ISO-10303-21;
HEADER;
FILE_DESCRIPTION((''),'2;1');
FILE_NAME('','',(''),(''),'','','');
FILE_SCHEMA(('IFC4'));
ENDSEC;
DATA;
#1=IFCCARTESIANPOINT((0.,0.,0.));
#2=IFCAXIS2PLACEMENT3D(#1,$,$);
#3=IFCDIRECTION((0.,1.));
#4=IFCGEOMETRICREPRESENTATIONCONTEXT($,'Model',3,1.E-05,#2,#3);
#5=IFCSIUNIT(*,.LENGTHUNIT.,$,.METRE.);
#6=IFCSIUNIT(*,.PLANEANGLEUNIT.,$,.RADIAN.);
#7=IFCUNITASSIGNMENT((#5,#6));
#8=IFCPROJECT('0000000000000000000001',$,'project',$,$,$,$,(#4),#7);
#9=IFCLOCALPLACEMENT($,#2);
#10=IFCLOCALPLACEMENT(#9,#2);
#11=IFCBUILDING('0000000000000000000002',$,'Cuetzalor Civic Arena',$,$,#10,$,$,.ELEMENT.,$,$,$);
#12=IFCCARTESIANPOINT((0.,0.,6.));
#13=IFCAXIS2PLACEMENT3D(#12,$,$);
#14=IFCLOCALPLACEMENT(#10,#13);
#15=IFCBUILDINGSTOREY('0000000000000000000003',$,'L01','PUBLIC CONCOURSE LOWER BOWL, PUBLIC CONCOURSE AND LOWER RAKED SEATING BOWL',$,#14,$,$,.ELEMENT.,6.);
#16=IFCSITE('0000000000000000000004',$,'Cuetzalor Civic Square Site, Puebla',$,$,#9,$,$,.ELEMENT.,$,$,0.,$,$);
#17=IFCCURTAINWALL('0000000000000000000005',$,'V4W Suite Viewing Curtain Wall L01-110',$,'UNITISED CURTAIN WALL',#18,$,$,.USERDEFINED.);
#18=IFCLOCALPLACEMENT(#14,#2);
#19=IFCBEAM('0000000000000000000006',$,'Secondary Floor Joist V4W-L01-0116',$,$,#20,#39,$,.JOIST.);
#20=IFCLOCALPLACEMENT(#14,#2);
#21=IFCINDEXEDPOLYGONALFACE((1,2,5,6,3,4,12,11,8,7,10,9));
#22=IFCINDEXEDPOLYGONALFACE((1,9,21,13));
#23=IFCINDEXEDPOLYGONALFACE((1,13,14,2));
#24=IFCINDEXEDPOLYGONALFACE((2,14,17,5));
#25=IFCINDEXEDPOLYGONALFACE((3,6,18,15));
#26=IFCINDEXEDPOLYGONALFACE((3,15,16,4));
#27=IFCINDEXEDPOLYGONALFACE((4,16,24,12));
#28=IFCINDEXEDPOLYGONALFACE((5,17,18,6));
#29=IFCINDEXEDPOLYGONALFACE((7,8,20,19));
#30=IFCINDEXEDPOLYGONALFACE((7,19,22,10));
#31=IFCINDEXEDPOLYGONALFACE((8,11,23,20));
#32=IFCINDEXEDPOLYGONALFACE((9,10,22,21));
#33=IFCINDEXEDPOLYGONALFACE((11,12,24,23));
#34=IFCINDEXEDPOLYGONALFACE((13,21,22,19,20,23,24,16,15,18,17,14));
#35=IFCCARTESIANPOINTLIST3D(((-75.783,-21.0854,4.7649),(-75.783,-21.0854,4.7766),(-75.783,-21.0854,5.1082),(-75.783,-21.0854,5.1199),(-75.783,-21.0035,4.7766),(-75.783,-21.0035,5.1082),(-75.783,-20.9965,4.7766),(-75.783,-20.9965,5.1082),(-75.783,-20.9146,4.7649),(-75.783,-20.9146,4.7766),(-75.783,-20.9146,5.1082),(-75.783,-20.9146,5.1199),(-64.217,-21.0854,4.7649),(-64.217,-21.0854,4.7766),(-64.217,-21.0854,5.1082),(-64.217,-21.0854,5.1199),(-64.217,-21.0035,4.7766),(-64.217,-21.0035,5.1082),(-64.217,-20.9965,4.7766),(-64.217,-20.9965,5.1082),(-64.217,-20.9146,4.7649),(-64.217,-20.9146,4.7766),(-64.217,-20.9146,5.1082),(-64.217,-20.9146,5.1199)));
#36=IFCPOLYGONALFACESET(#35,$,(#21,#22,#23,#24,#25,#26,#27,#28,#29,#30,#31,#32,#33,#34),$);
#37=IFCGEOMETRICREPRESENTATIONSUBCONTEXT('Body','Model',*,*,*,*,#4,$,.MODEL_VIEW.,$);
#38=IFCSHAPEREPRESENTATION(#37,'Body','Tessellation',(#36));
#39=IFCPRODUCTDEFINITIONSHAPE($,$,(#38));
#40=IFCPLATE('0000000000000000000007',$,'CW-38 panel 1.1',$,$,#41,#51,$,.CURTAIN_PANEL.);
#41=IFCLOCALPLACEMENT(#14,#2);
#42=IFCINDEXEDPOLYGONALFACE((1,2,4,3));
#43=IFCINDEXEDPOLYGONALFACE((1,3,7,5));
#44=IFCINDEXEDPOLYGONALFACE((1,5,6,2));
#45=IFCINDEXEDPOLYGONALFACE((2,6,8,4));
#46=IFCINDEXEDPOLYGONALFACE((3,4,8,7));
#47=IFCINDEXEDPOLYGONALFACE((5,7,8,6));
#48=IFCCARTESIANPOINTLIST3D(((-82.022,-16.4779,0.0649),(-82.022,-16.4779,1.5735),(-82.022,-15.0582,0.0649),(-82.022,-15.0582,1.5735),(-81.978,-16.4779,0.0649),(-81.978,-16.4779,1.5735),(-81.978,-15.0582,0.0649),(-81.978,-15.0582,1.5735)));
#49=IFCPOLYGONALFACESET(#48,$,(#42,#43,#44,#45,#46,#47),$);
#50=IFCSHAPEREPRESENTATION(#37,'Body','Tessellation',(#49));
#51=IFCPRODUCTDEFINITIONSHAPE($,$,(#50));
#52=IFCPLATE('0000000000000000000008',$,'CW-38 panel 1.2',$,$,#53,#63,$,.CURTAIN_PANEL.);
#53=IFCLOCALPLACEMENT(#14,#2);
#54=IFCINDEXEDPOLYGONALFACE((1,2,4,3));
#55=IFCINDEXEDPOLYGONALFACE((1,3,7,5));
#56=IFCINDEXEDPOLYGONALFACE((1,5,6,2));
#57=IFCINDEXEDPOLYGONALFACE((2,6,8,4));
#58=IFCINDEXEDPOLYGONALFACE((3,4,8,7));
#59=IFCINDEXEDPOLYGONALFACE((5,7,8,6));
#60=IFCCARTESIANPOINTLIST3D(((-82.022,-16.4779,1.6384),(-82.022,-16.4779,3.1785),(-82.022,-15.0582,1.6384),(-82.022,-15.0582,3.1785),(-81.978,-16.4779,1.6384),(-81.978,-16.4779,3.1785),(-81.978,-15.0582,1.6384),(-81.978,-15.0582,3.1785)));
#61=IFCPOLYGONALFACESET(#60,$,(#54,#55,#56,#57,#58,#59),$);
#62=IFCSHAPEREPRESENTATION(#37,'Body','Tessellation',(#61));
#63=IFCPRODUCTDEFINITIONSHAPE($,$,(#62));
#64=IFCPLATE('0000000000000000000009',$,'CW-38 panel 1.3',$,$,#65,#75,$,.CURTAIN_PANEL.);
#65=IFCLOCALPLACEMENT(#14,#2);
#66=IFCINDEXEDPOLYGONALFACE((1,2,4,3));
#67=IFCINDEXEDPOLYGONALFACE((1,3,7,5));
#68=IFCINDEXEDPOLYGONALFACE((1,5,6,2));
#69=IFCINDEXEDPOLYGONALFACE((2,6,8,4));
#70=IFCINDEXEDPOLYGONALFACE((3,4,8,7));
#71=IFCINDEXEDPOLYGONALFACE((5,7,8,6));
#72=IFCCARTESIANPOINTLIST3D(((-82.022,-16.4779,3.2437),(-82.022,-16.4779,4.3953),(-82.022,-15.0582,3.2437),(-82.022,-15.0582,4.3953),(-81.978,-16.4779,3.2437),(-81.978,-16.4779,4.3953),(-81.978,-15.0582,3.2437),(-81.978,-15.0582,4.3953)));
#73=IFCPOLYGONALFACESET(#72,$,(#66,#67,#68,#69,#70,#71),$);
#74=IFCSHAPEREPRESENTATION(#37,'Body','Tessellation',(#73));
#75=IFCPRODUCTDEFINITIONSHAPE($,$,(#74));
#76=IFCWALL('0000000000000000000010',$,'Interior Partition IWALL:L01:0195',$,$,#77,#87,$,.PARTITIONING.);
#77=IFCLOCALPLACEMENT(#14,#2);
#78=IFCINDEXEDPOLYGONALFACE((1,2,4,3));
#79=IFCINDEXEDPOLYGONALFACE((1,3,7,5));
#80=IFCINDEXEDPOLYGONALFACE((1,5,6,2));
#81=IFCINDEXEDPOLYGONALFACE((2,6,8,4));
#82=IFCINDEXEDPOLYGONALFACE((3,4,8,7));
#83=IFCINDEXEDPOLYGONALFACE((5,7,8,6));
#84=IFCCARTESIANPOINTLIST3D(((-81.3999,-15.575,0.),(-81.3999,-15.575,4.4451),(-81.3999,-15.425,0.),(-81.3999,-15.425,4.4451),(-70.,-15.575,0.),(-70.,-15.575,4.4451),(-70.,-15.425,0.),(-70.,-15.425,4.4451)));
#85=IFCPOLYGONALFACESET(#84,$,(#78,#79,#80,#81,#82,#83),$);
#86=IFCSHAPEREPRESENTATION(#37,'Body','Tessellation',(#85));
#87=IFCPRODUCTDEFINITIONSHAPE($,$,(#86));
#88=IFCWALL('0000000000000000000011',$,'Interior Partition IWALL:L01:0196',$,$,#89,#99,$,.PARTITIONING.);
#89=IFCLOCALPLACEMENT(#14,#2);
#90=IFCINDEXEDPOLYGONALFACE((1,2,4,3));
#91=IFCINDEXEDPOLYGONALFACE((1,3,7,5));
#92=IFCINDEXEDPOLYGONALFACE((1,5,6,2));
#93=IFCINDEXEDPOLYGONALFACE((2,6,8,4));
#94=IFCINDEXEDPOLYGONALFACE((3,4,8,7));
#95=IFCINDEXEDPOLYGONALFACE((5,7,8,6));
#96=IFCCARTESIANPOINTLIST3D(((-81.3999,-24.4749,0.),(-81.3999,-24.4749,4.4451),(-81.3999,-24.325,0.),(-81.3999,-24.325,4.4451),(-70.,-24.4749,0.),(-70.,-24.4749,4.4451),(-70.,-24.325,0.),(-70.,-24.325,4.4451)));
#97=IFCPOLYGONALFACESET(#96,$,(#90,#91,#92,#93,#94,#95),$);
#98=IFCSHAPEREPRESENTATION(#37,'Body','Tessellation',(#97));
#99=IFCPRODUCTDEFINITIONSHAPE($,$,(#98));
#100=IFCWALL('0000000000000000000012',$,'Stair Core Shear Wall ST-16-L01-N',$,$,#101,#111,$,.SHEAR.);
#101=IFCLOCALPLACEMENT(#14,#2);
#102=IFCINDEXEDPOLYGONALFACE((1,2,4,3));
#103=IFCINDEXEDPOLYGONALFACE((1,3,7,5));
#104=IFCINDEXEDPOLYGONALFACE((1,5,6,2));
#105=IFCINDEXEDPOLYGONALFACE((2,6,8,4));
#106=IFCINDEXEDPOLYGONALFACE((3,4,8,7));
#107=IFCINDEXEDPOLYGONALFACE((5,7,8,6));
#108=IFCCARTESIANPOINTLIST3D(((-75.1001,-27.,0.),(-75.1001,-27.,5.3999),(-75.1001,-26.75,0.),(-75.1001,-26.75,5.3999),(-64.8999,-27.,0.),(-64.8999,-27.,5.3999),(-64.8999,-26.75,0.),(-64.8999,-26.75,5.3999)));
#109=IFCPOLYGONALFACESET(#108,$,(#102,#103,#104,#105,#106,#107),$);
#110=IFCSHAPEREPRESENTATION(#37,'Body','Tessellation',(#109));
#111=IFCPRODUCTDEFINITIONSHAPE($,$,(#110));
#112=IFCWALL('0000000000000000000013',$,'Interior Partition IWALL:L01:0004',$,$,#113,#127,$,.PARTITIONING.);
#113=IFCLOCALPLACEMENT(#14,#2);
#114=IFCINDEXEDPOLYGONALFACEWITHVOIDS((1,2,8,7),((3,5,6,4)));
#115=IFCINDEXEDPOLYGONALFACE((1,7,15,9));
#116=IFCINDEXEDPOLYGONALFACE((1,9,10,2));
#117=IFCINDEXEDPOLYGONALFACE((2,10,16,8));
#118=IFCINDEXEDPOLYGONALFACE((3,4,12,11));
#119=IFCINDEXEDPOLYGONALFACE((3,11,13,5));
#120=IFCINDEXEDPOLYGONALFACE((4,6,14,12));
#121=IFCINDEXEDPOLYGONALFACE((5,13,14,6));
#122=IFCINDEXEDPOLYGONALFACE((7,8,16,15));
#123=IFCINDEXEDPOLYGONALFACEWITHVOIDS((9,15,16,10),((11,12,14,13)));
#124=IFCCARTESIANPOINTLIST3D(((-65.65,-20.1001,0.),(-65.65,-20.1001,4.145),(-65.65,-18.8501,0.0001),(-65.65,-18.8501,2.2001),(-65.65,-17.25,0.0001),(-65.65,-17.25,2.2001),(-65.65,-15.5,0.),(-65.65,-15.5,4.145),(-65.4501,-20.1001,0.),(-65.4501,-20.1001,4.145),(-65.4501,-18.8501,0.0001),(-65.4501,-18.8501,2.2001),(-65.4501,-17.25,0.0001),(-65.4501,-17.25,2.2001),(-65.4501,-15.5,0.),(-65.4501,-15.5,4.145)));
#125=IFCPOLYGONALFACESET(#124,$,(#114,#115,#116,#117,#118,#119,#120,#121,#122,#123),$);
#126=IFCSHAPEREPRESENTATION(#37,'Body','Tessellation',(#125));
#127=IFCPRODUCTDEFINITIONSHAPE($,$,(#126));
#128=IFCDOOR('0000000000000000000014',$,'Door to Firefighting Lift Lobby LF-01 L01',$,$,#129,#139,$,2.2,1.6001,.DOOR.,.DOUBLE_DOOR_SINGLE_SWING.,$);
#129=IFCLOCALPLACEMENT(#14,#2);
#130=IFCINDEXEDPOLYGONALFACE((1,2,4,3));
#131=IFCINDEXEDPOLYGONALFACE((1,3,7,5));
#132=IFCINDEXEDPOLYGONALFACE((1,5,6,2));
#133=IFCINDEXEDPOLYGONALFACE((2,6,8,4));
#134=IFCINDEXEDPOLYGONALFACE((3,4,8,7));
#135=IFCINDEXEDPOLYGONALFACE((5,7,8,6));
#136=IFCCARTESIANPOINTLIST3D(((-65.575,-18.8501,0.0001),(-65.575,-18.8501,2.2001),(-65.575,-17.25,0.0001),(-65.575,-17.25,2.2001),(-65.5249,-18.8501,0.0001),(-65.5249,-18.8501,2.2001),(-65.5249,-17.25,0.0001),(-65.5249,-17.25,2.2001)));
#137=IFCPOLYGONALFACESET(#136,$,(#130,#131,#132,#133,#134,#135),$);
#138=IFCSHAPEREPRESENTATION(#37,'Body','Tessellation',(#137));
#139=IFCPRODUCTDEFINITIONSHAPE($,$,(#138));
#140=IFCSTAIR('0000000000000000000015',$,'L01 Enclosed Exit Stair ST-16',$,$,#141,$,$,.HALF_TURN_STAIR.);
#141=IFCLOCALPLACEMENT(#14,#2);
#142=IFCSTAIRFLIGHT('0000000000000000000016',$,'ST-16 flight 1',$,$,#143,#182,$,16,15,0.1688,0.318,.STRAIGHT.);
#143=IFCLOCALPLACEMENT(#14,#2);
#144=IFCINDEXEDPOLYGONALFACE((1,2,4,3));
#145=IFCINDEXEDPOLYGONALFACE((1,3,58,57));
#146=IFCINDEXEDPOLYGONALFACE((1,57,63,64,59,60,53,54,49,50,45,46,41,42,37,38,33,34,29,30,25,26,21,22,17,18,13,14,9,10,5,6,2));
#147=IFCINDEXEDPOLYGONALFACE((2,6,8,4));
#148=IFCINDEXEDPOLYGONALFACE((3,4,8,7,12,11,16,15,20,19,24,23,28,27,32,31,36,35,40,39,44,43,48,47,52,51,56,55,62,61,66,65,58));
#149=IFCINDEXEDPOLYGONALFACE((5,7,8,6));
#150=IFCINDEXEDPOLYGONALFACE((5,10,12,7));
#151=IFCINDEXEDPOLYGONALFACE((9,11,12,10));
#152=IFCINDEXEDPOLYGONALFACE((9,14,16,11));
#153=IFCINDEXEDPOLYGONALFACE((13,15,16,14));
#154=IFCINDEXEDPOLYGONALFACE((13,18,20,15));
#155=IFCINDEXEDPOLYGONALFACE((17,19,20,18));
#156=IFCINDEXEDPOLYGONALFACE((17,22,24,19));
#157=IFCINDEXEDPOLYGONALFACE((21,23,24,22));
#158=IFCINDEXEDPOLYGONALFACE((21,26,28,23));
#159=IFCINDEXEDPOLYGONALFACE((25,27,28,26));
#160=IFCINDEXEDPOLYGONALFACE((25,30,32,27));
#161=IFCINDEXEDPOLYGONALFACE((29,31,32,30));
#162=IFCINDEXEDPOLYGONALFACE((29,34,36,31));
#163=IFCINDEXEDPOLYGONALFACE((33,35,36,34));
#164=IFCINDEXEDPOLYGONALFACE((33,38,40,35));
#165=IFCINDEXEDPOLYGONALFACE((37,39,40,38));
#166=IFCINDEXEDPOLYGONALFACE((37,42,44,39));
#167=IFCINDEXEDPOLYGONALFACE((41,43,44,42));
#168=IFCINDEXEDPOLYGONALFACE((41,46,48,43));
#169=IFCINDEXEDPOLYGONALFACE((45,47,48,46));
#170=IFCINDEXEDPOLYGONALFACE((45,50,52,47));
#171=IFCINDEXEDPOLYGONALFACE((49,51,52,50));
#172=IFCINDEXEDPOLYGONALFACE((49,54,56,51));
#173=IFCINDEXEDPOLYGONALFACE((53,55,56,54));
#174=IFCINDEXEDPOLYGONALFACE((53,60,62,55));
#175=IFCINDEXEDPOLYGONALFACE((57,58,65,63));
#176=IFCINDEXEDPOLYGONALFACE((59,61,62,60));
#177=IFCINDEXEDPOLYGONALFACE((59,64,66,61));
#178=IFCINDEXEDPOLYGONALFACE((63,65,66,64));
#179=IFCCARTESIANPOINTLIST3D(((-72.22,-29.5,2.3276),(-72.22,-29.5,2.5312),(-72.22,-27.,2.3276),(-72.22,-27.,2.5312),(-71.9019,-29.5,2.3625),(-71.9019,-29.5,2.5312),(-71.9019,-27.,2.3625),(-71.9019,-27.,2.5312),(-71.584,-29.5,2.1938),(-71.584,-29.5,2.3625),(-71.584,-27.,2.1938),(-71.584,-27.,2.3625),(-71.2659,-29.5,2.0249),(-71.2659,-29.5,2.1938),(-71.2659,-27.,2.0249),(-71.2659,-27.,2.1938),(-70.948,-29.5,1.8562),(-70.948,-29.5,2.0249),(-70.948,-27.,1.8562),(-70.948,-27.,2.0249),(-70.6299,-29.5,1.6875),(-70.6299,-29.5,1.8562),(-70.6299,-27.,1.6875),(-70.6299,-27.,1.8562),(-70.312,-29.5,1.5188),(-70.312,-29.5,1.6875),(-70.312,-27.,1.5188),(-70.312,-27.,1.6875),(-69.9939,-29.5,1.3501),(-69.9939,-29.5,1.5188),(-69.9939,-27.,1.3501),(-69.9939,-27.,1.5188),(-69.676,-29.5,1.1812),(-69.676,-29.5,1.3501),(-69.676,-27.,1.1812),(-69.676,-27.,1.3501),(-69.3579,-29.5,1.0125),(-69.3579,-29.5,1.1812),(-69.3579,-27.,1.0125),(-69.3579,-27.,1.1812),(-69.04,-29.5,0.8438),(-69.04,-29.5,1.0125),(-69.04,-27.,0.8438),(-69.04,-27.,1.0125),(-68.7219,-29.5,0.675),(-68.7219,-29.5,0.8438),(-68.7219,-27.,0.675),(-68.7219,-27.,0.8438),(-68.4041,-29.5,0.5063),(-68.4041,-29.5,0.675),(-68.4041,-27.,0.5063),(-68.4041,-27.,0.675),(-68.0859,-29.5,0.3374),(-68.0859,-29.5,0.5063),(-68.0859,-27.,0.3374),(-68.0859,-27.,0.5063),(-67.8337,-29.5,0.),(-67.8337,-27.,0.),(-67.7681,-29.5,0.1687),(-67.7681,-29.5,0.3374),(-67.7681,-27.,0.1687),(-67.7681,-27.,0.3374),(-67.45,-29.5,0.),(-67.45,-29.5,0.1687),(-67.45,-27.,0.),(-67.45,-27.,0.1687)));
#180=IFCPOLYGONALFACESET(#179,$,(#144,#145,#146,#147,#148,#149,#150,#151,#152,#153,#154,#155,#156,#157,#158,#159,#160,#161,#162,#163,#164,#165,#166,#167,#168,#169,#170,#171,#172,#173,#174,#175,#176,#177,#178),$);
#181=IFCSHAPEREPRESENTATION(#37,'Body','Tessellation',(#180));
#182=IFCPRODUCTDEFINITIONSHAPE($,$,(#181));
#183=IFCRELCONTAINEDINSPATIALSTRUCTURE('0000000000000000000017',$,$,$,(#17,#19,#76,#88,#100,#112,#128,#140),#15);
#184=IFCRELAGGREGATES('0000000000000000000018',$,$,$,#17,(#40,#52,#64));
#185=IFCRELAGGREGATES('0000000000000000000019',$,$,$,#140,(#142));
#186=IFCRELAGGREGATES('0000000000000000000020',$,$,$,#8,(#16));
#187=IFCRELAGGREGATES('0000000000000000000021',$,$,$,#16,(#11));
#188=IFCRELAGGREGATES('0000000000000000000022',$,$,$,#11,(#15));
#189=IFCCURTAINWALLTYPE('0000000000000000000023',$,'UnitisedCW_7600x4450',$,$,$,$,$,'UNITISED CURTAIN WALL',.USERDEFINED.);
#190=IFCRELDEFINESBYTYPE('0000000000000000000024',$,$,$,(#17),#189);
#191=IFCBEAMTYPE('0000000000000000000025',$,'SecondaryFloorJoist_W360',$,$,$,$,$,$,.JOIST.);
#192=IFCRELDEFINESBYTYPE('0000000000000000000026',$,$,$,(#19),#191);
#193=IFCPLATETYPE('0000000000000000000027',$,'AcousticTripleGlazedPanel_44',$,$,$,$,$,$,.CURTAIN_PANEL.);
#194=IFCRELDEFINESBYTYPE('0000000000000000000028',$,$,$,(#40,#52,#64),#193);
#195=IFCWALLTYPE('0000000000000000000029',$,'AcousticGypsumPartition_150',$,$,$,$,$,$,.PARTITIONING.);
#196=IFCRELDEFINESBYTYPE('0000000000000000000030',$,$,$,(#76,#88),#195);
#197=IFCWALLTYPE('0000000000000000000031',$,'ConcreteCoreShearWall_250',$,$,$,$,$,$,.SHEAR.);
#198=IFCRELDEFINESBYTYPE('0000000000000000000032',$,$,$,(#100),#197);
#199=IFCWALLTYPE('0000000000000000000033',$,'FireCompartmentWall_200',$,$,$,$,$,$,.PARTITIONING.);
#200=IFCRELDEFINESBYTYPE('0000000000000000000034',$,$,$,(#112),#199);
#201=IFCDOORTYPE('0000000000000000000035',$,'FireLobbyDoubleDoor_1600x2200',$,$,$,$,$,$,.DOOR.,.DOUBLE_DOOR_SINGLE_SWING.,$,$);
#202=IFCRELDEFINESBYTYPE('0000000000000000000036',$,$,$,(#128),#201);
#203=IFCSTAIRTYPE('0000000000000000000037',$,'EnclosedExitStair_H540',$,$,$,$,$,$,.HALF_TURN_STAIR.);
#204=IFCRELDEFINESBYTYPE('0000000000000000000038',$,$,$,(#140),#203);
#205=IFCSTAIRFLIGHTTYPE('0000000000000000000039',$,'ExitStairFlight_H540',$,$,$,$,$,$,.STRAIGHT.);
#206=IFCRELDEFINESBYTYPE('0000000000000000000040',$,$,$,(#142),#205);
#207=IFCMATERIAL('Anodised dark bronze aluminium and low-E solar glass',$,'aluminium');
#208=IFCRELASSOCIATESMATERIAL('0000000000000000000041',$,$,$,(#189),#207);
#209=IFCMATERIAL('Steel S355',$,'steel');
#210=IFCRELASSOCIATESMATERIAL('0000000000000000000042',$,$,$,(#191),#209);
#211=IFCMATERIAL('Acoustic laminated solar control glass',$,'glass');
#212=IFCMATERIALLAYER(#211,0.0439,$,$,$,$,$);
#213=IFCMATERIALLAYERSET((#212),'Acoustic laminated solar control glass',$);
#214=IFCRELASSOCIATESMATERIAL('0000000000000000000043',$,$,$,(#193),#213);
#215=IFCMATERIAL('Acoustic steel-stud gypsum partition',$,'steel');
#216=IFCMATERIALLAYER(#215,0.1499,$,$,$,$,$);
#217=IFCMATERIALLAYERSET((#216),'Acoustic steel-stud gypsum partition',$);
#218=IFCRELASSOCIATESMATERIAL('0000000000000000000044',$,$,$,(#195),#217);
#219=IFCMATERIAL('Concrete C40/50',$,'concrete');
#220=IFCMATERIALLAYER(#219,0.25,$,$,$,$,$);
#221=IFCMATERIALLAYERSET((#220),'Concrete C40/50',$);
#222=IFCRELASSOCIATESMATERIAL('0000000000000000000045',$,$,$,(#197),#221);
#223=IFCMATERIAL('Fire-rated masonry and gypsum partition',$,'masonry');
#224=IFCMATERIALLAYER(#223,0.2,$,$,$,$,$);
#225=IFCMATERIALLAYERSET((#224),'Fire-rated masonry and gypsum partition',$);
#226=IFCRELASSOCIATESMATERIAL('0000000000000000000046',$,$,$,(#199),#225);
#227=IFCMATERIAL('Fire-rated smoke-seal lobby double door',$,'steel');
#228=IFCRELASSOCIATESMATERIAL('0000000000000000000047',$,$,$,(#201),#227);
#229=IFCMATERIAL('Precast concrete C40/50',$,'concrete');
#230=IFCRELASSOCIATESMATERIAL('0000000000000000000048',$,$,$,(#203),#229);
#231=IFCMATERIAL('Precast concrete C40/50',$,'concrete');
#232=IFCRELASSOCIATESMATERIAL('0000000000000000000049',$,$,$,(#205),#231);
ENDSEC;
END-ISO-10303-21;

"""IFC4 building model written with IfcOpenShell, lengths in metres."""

from ifc_helpers import new_model, si_unit, direction, frame, frame_2d, origin, origin_2d, place, context, subcontext, project, spatial, polyline, rectangle, i_section, outline, extrude, material, layer, layer_set, material_profile, profile_set, type_object, element, fill, aggregate, save


model = new_model("IFC4")

# Units and contexts
model_context = context("Model", 3, precision=1e-05, world=origin(), true_north=direction((0.0, 1.0)))
body_context = subcontext(model_context, "Body", "Model", "MODEL_VIEW")
ifc_project = project(units=[si_unit("LENGTHUNIT", "METRE"), si_unit("PLANEANGLEUNIT", "RADIAN")], contexts=[model_context])

# Site, building, storey
site_placement = place(None, origin())
site = spatial("IfcSite", under=ifc_project, at=site_placement, Name="Cuetzalor Civic Square Site, Puebla", CompositionType="ELEMENT", RefElevation=0.0)
building_placement = place(site_placement, origin())
building = spatial("IfcBuilding", under=site, at=building_placement, Name="Cuetzalor Civic Arena", CompositionType="ELEMENT")
storey_placement = place(building_placement, frame((0.0, 0.0, 6.0)))
storey = spatial("IfcBuildingStorey", under=building, at=storey_placement, Name="L01", Description="PUBLIC CONCOURSE LOWER BOWL, PUBLIC CONCOURSE AND LOWER RAKED SEATING BOWL", CompositionType="ELEMENT", Elevation=6.0)

# Curtain wall
ifc_material_1 = material(Name="Anodised dark bronze aluminium and low-E solar glass", Category="aluminium")
curtain_wall_type = type_object("IfcCurtainWallType", Name="UnitisedCW_7600x4450", ElementType="UNITISED CURTAIN WALL", PredefinedType="USERDEFINED", material=ifc_material_1)
curtain_wall_placement = place(storey_placement, origin())
curtain_wall = element("IfcCurtainWall", 1, at=curtain_wall_placement, inside=storey, type_object=curtain_wall_type, Name="V4W Suite Viewing Curtain Wall L01-110", ObjectType="UNITISED CURTAIN WALL", PredefinedType="USERDEFINED")

# Beam
ifc_material_2 = material(Name="Steel S355", Category="steel")
ifc_material_profile_1 = material_profile(ifc_material_2, i_section(OverallWidth=0.1709, OverallDepth=0.355, WebThickness=0.0071, FlangeThickness=0.0117, at=origin_2d()), Name="W360x51")
ifc_profile_set_1 = profile_set([ifc_material_profile_1], Name="Steel S355")
beam_type_1 = type_object("IfcBeamType", Name="SecondaryFloorJoist_W360", PredefinedType="JOIST", material=ifc_profile_set_1)
beam_1_placement = place(storey_placement, frame((-75.783, -21.0, 4.9424), z_axis=(1.0, 0.0, 0.0), x_axis=(0.0, 1.0, 0.0)))
element("IfcBeam", 2, at=beam_1_placement, inside=storey, type_object=beam_type_1, Name="Secondary Floor Joist V4W-L01-0116", PredefinedType="JOIST", context=body_context, shape_type="SweptSolid", body=[
    extrude(i_section(OverallWidth=0.1709, OverallDepth=0.355, WebThickness=0.0071, FlangeThickness=0.0117, at=origin_2d()), origin(), (0.0, 0.0, 1.0), 11.5659),
])

# Plates
ifc_material_3 = material(Name="Acoustic laminated solar control glass", Category="glass")
ifc_layer_1 = layer(ifc_material_3, 0.0439)
ifc_layer_set_1 = layer_set([ifc_layer_1], Name="Acoustic laminated solar control glass")
plate_type = type_object("IfcPlateType", Name="AcousticTripleGlazedPanel_44", PredefinedType="CURTAIN_PANEL", material=ifc_layer_set_1)
plate_1_placement = place(storey_placement, frame((-82.0, -15.7681, 0.0649), z_axis=(0.0, 0.0, 1.0), x_axis=(0.0, 1.0, 0.0)))
plate_1 = element("IfcPlate", 3, at=plate_1_placement, type_object=plate_type, Name="CW-38 panel 1.1", PredefinedType="CURTAIN_PANEL", context=body_context, shape_type="SweptSolid", body=[
    extrude(rectangle(XDim=1.4197, YDim=0.0439, at=origin_2d()), origin(), (0.0, 0.0, 1.0), 1.5085),
])
plate_2_placement = place(storey_placement, frame((-82.0, -15.7681, 1.6384), z_axis=(0.0, 0.0, 1.0), x_axis=(0.0, 1.0, 0.0)))
plate_2 = element("IfcPlate", 4, at=plate_2_placement, type_object=plate_type, Name="CW-38 panel 1.2", PredefinedType="CURTAIN_PANEL", context=body_context, shape_type="SweptSolid", body=[
    extrude(rectangle(XDim=1.4197, YDim=0.0439, at=origin_2d()), origin(), (0.0, 0.0, 1.0), 1.54),
])
plate_3_placement = place(storey_placement, frame((-82.0, -15.7681, 3.2437), z_axis=(0.0, 0.0, 1.0), x_axis=(0.0, 1.0, 0.0)))
plate_3 = element("IfcPlate", 5, at=plate_3_placement, type_object=plate_type, Name="CW-38 panel 1.3", PredefinedType="CURTAIN_PANEL", context=body_context, shape_type="SweptSolid", body=[
    extrude(rectangle(XDim=1.4197, YDim=0.0439, at=origin_2d()), origin(), (0.0, 0.0, 1.0), 1.1516),
])
aggregate(curtain_wall, [plate_1, plate_2, plate_3])

# Walls
ifc_material_4 = material(Name="Acoustic steel-stud gypsum partition", Category="steel")
ifc_layer_2 = layer(ifc_material_4, 0.1499)
ifc_layer_set_2 = layer_set([ifc_layer_2], Name="Acoustic steel-stud gypsum partition")
wall_type_1 = type_object("IfcWallType", Name="AcousticGypsumPartition_150", PredefinedType="PARTITIONING", material=ifc_layer_set_2)
for number, where, z_axis, x_axis, name in (
    (6, (-81.3999, -15.5, 0.0), (0.0, 0.0, 1.0), (1.0, 0.0, 0.0), "Interior Partition IWALL:L01:0195"),
    (7, (-70.0, -24.3999, 0.0), (0.0, 0.0, 1.0), (-1.0, 0.0, 0.0), "Interior Partition IWALL:L01:0196"),
):
    element("IfcWall", number, at=place(storey_placement, frame(where, z_axis=z_axis, x_axis=x_axis)), inside=storey, type_object=wall_type_1, Name=name, PredefinedType="PARTITIONING", context=body_context, shape_type="SweptSolid", body=[
        extrude(rectangle(XDim=11.3999, YDim=0.1499, at=frame_2d((5.7, 0.0))), origin(), (0.0, 0.0, 1.0), 4.4451),
    ])
ifc_material_5 = material(Name="Concrete C40/50", Category="concrete")
ifc_layer_3 = layer(ifc_material_5, 0.25)
ifc_layer_set_3 = layer_set([ifc_layer_3], Name="Concrete C40/50")
wall_type_2 = type_object("IfcWallType", Name="ConcreteCoreShearWall_250", PredefinedType="SHEAR", material=ifc_layer_set_3)
wall_1_placement = place(storey_placement, frame((-75.1001, -26.875, 0.0), z_axis=(0.0, 0.0, 1.0), x_axis=(1.0, 0.0, 0.0)))
element("IfcWall", 8, at=wall_1_placement, inside=storey, type_object=wall_type_2, Name="Stair Core Shear Wall ST-16-L01-N", PredefinedType="SHEAR", context=body_context, shape_type="SweptSolid", body=[
    extrude(rectangle(XDim=10.2002, YDim=0.25, at=frame_2d((5.1001, 0.0))), origin(), (0.0, 0.0, 1.0), 5.3999),
])

# Wall, opening, door
ifc_material_6 = material(Name="Fire-rated masonry and gypsum partition", Category="masonry")
ifc_layer_4 = layer(ifc_material_6, 0.2)
ifc_layer_set_4 = layer_set([ifc_layer_4], Name="Fire-rated masonry and gypsum partition")
wall_type_3 = type_object("IfcWallType", Name="FireCompartmentWall_200", PredefinedType="PARTITIONING", material=ifc_layer_set_4)
wall_2_placement = place(storey_placement, frame((-65.55, -20.1001, 0.0), z_axis=(0.0, 0.0, 1.0), x_axis=(0.0, 1.0, 0.0)))
wall_2 = element("IfcWall", 9, at=wall_2_placement, inside=storey, type_object=wall_type_3, Name="Interior Partition IWALL:L01:0004", PredefinedType="PARTITIONING", context=body_context, shape_type="SweptSolid", body=[
    extrude(rectangle(XDim=4.6001, YDim=0.2, at=frame_2d((2.3, 0.0))), origin(), (0.0, 0.0, 1.0), 4.145),
])
opening_placement = place(wall_2_placement, frame((1.25, 0.0, 0.0)))
opening = element("IfcOpeningElement", 10, at=opening_placement, cuts=wall_2, PredefinedType="OPENING", context=body_context, shape_type="SweptSolid", body=[
    extrude(rectangle(XDim=1.6001, YDim=2.2, at=frame_2d((0.8, 1.1001))), frame((0.0, 0.1099, 0.0), z_axis=(0.0, -1.0, 0.0), x_axis=(1.0, 0.0, 0.0)), (0.0, 0.0, 1.0), 0.22),
])
ifc_material_7 = material(Name="Fire-rated smoke-seal lobby double door", Category="steel")
door_type = type_object("IfcDoorType", Name="FireLobbyDoubleDoor_1600x2200", OperationType="DOUBLE_DOOR_SINGLE_SWING", PredefinedType="DOOR", material=ifc_material_7)
door_placement = place(opening_placement, origin())
door = element("IfcDoor", 11, at=door_placement, inside=storey, type_object=door_type, Name="Door to Firefighting Lift Lobby LF-01 L01", OperationType="DOUBLE_DOOR_SINGLE_SWING", OverallHeight=2.2, OverallWidth=1.6001, PredefinedType="DOOR", context=body_context, shape_type="SweptSolid", body=[
    extrude(rectangle(XDim=1.6001, YDim=2.2, at=frame_2d((0.8, 1.1001))), frame((0.0, 0.0249, 0.0), z_axis=(0.0, -1.0, 0.0), x_axis=(1.0, 0.0, 0.0)), (0.0, 0.0, 1.0), 0.05),
])
fill(opening, door)

# Stair, stair flight
ifc_material_8 = material(Name="Precast concrete C40/50", Category="concrete")
stair_type = type_object("IfcStairType", Name="EnclosedExitStair_H540", PredefinedType="HALF_TURN_STAIR", material=ifc_material_8)
stair_placement = place(storey_placement, origin())
stair = element("IfcStair", 12, at=stair_placement, inside=storey, type_object=stair_type, Name="L01 Enclosed Exit Stair ST-16", PredefinedType="HALF_TURN_STAIR")
ifc_material_9 = material(Name="Precast concrete C40/50", Category="concrete")
stair_flight_type = type_object("IfcStairFlightType", Name="ExitStairFlight_H540", PredefinedType="STRAIGHT", material=ifc_material_9)
stair_flight_placement = place(storey_placement, frame((-67.45, -28.25, 0.0), z_axis=(0.0, 0.0, 1.0), x_axis=(-1.0, 0.0, 0.0)))
stair_flight = element("IfcStairFlight", 13, at=stair_flight_placement, type_object=stair_flight_type, Name="ST-16 flight 1", NumberOfRisers=16, NumberOfTreads=15, PredefinedType="STRAIGHT", RiserHeight=0.1688, TreadLength=0.318, context=body_context, shape_type="SweptSolid", body=[
    extrude(outline(polyline([(0.0, 0.0), (0.0, 0.1687), (0.3181, 0.1687), (0.3181, 0.3374), (0.636, 0.3374), (0.636, 0.5063), (0.9541, 0.5063), (0.9541, 0.675), (1.272, 0.675), (1.272, 0.8438), (1.5901, 0.8438), (1.5901, 1.0125), (1.908, 1.0125), (1.908, 1.1812), (2.2261, 1.1812), (2.2261, 1.3501), (2.5439, 1.3501), (2.5439, 1.5188), (2.8621, 1.5188), (2.8621, 1.6875), (3.1799, 1.6875), (3.1799, 1.8562), (3.498, 1.8562), (3.498, 2.0249), (3.8159, 2.0249), (3.8159, 2.1938), (4.134, 2.1938), (4.134, 2.3625), (4.4519, 2.3625), (4.4519, 2.5312), (4.77, 2.5312), (4.77, 2.7), (4.77, 2.3276), (0.3838, 0.0), (0.0, 0.0)])), frame((0.0, 1.25, 0.0), z_axis=(0.0, -1.0, 0.0), x_axis=(1.0, 0.0, 0.0)), (0.0, 0.0, 1.0), 2.5),
])
aggregate(stair, [stair_flight])

save(model, "model.ifc")
